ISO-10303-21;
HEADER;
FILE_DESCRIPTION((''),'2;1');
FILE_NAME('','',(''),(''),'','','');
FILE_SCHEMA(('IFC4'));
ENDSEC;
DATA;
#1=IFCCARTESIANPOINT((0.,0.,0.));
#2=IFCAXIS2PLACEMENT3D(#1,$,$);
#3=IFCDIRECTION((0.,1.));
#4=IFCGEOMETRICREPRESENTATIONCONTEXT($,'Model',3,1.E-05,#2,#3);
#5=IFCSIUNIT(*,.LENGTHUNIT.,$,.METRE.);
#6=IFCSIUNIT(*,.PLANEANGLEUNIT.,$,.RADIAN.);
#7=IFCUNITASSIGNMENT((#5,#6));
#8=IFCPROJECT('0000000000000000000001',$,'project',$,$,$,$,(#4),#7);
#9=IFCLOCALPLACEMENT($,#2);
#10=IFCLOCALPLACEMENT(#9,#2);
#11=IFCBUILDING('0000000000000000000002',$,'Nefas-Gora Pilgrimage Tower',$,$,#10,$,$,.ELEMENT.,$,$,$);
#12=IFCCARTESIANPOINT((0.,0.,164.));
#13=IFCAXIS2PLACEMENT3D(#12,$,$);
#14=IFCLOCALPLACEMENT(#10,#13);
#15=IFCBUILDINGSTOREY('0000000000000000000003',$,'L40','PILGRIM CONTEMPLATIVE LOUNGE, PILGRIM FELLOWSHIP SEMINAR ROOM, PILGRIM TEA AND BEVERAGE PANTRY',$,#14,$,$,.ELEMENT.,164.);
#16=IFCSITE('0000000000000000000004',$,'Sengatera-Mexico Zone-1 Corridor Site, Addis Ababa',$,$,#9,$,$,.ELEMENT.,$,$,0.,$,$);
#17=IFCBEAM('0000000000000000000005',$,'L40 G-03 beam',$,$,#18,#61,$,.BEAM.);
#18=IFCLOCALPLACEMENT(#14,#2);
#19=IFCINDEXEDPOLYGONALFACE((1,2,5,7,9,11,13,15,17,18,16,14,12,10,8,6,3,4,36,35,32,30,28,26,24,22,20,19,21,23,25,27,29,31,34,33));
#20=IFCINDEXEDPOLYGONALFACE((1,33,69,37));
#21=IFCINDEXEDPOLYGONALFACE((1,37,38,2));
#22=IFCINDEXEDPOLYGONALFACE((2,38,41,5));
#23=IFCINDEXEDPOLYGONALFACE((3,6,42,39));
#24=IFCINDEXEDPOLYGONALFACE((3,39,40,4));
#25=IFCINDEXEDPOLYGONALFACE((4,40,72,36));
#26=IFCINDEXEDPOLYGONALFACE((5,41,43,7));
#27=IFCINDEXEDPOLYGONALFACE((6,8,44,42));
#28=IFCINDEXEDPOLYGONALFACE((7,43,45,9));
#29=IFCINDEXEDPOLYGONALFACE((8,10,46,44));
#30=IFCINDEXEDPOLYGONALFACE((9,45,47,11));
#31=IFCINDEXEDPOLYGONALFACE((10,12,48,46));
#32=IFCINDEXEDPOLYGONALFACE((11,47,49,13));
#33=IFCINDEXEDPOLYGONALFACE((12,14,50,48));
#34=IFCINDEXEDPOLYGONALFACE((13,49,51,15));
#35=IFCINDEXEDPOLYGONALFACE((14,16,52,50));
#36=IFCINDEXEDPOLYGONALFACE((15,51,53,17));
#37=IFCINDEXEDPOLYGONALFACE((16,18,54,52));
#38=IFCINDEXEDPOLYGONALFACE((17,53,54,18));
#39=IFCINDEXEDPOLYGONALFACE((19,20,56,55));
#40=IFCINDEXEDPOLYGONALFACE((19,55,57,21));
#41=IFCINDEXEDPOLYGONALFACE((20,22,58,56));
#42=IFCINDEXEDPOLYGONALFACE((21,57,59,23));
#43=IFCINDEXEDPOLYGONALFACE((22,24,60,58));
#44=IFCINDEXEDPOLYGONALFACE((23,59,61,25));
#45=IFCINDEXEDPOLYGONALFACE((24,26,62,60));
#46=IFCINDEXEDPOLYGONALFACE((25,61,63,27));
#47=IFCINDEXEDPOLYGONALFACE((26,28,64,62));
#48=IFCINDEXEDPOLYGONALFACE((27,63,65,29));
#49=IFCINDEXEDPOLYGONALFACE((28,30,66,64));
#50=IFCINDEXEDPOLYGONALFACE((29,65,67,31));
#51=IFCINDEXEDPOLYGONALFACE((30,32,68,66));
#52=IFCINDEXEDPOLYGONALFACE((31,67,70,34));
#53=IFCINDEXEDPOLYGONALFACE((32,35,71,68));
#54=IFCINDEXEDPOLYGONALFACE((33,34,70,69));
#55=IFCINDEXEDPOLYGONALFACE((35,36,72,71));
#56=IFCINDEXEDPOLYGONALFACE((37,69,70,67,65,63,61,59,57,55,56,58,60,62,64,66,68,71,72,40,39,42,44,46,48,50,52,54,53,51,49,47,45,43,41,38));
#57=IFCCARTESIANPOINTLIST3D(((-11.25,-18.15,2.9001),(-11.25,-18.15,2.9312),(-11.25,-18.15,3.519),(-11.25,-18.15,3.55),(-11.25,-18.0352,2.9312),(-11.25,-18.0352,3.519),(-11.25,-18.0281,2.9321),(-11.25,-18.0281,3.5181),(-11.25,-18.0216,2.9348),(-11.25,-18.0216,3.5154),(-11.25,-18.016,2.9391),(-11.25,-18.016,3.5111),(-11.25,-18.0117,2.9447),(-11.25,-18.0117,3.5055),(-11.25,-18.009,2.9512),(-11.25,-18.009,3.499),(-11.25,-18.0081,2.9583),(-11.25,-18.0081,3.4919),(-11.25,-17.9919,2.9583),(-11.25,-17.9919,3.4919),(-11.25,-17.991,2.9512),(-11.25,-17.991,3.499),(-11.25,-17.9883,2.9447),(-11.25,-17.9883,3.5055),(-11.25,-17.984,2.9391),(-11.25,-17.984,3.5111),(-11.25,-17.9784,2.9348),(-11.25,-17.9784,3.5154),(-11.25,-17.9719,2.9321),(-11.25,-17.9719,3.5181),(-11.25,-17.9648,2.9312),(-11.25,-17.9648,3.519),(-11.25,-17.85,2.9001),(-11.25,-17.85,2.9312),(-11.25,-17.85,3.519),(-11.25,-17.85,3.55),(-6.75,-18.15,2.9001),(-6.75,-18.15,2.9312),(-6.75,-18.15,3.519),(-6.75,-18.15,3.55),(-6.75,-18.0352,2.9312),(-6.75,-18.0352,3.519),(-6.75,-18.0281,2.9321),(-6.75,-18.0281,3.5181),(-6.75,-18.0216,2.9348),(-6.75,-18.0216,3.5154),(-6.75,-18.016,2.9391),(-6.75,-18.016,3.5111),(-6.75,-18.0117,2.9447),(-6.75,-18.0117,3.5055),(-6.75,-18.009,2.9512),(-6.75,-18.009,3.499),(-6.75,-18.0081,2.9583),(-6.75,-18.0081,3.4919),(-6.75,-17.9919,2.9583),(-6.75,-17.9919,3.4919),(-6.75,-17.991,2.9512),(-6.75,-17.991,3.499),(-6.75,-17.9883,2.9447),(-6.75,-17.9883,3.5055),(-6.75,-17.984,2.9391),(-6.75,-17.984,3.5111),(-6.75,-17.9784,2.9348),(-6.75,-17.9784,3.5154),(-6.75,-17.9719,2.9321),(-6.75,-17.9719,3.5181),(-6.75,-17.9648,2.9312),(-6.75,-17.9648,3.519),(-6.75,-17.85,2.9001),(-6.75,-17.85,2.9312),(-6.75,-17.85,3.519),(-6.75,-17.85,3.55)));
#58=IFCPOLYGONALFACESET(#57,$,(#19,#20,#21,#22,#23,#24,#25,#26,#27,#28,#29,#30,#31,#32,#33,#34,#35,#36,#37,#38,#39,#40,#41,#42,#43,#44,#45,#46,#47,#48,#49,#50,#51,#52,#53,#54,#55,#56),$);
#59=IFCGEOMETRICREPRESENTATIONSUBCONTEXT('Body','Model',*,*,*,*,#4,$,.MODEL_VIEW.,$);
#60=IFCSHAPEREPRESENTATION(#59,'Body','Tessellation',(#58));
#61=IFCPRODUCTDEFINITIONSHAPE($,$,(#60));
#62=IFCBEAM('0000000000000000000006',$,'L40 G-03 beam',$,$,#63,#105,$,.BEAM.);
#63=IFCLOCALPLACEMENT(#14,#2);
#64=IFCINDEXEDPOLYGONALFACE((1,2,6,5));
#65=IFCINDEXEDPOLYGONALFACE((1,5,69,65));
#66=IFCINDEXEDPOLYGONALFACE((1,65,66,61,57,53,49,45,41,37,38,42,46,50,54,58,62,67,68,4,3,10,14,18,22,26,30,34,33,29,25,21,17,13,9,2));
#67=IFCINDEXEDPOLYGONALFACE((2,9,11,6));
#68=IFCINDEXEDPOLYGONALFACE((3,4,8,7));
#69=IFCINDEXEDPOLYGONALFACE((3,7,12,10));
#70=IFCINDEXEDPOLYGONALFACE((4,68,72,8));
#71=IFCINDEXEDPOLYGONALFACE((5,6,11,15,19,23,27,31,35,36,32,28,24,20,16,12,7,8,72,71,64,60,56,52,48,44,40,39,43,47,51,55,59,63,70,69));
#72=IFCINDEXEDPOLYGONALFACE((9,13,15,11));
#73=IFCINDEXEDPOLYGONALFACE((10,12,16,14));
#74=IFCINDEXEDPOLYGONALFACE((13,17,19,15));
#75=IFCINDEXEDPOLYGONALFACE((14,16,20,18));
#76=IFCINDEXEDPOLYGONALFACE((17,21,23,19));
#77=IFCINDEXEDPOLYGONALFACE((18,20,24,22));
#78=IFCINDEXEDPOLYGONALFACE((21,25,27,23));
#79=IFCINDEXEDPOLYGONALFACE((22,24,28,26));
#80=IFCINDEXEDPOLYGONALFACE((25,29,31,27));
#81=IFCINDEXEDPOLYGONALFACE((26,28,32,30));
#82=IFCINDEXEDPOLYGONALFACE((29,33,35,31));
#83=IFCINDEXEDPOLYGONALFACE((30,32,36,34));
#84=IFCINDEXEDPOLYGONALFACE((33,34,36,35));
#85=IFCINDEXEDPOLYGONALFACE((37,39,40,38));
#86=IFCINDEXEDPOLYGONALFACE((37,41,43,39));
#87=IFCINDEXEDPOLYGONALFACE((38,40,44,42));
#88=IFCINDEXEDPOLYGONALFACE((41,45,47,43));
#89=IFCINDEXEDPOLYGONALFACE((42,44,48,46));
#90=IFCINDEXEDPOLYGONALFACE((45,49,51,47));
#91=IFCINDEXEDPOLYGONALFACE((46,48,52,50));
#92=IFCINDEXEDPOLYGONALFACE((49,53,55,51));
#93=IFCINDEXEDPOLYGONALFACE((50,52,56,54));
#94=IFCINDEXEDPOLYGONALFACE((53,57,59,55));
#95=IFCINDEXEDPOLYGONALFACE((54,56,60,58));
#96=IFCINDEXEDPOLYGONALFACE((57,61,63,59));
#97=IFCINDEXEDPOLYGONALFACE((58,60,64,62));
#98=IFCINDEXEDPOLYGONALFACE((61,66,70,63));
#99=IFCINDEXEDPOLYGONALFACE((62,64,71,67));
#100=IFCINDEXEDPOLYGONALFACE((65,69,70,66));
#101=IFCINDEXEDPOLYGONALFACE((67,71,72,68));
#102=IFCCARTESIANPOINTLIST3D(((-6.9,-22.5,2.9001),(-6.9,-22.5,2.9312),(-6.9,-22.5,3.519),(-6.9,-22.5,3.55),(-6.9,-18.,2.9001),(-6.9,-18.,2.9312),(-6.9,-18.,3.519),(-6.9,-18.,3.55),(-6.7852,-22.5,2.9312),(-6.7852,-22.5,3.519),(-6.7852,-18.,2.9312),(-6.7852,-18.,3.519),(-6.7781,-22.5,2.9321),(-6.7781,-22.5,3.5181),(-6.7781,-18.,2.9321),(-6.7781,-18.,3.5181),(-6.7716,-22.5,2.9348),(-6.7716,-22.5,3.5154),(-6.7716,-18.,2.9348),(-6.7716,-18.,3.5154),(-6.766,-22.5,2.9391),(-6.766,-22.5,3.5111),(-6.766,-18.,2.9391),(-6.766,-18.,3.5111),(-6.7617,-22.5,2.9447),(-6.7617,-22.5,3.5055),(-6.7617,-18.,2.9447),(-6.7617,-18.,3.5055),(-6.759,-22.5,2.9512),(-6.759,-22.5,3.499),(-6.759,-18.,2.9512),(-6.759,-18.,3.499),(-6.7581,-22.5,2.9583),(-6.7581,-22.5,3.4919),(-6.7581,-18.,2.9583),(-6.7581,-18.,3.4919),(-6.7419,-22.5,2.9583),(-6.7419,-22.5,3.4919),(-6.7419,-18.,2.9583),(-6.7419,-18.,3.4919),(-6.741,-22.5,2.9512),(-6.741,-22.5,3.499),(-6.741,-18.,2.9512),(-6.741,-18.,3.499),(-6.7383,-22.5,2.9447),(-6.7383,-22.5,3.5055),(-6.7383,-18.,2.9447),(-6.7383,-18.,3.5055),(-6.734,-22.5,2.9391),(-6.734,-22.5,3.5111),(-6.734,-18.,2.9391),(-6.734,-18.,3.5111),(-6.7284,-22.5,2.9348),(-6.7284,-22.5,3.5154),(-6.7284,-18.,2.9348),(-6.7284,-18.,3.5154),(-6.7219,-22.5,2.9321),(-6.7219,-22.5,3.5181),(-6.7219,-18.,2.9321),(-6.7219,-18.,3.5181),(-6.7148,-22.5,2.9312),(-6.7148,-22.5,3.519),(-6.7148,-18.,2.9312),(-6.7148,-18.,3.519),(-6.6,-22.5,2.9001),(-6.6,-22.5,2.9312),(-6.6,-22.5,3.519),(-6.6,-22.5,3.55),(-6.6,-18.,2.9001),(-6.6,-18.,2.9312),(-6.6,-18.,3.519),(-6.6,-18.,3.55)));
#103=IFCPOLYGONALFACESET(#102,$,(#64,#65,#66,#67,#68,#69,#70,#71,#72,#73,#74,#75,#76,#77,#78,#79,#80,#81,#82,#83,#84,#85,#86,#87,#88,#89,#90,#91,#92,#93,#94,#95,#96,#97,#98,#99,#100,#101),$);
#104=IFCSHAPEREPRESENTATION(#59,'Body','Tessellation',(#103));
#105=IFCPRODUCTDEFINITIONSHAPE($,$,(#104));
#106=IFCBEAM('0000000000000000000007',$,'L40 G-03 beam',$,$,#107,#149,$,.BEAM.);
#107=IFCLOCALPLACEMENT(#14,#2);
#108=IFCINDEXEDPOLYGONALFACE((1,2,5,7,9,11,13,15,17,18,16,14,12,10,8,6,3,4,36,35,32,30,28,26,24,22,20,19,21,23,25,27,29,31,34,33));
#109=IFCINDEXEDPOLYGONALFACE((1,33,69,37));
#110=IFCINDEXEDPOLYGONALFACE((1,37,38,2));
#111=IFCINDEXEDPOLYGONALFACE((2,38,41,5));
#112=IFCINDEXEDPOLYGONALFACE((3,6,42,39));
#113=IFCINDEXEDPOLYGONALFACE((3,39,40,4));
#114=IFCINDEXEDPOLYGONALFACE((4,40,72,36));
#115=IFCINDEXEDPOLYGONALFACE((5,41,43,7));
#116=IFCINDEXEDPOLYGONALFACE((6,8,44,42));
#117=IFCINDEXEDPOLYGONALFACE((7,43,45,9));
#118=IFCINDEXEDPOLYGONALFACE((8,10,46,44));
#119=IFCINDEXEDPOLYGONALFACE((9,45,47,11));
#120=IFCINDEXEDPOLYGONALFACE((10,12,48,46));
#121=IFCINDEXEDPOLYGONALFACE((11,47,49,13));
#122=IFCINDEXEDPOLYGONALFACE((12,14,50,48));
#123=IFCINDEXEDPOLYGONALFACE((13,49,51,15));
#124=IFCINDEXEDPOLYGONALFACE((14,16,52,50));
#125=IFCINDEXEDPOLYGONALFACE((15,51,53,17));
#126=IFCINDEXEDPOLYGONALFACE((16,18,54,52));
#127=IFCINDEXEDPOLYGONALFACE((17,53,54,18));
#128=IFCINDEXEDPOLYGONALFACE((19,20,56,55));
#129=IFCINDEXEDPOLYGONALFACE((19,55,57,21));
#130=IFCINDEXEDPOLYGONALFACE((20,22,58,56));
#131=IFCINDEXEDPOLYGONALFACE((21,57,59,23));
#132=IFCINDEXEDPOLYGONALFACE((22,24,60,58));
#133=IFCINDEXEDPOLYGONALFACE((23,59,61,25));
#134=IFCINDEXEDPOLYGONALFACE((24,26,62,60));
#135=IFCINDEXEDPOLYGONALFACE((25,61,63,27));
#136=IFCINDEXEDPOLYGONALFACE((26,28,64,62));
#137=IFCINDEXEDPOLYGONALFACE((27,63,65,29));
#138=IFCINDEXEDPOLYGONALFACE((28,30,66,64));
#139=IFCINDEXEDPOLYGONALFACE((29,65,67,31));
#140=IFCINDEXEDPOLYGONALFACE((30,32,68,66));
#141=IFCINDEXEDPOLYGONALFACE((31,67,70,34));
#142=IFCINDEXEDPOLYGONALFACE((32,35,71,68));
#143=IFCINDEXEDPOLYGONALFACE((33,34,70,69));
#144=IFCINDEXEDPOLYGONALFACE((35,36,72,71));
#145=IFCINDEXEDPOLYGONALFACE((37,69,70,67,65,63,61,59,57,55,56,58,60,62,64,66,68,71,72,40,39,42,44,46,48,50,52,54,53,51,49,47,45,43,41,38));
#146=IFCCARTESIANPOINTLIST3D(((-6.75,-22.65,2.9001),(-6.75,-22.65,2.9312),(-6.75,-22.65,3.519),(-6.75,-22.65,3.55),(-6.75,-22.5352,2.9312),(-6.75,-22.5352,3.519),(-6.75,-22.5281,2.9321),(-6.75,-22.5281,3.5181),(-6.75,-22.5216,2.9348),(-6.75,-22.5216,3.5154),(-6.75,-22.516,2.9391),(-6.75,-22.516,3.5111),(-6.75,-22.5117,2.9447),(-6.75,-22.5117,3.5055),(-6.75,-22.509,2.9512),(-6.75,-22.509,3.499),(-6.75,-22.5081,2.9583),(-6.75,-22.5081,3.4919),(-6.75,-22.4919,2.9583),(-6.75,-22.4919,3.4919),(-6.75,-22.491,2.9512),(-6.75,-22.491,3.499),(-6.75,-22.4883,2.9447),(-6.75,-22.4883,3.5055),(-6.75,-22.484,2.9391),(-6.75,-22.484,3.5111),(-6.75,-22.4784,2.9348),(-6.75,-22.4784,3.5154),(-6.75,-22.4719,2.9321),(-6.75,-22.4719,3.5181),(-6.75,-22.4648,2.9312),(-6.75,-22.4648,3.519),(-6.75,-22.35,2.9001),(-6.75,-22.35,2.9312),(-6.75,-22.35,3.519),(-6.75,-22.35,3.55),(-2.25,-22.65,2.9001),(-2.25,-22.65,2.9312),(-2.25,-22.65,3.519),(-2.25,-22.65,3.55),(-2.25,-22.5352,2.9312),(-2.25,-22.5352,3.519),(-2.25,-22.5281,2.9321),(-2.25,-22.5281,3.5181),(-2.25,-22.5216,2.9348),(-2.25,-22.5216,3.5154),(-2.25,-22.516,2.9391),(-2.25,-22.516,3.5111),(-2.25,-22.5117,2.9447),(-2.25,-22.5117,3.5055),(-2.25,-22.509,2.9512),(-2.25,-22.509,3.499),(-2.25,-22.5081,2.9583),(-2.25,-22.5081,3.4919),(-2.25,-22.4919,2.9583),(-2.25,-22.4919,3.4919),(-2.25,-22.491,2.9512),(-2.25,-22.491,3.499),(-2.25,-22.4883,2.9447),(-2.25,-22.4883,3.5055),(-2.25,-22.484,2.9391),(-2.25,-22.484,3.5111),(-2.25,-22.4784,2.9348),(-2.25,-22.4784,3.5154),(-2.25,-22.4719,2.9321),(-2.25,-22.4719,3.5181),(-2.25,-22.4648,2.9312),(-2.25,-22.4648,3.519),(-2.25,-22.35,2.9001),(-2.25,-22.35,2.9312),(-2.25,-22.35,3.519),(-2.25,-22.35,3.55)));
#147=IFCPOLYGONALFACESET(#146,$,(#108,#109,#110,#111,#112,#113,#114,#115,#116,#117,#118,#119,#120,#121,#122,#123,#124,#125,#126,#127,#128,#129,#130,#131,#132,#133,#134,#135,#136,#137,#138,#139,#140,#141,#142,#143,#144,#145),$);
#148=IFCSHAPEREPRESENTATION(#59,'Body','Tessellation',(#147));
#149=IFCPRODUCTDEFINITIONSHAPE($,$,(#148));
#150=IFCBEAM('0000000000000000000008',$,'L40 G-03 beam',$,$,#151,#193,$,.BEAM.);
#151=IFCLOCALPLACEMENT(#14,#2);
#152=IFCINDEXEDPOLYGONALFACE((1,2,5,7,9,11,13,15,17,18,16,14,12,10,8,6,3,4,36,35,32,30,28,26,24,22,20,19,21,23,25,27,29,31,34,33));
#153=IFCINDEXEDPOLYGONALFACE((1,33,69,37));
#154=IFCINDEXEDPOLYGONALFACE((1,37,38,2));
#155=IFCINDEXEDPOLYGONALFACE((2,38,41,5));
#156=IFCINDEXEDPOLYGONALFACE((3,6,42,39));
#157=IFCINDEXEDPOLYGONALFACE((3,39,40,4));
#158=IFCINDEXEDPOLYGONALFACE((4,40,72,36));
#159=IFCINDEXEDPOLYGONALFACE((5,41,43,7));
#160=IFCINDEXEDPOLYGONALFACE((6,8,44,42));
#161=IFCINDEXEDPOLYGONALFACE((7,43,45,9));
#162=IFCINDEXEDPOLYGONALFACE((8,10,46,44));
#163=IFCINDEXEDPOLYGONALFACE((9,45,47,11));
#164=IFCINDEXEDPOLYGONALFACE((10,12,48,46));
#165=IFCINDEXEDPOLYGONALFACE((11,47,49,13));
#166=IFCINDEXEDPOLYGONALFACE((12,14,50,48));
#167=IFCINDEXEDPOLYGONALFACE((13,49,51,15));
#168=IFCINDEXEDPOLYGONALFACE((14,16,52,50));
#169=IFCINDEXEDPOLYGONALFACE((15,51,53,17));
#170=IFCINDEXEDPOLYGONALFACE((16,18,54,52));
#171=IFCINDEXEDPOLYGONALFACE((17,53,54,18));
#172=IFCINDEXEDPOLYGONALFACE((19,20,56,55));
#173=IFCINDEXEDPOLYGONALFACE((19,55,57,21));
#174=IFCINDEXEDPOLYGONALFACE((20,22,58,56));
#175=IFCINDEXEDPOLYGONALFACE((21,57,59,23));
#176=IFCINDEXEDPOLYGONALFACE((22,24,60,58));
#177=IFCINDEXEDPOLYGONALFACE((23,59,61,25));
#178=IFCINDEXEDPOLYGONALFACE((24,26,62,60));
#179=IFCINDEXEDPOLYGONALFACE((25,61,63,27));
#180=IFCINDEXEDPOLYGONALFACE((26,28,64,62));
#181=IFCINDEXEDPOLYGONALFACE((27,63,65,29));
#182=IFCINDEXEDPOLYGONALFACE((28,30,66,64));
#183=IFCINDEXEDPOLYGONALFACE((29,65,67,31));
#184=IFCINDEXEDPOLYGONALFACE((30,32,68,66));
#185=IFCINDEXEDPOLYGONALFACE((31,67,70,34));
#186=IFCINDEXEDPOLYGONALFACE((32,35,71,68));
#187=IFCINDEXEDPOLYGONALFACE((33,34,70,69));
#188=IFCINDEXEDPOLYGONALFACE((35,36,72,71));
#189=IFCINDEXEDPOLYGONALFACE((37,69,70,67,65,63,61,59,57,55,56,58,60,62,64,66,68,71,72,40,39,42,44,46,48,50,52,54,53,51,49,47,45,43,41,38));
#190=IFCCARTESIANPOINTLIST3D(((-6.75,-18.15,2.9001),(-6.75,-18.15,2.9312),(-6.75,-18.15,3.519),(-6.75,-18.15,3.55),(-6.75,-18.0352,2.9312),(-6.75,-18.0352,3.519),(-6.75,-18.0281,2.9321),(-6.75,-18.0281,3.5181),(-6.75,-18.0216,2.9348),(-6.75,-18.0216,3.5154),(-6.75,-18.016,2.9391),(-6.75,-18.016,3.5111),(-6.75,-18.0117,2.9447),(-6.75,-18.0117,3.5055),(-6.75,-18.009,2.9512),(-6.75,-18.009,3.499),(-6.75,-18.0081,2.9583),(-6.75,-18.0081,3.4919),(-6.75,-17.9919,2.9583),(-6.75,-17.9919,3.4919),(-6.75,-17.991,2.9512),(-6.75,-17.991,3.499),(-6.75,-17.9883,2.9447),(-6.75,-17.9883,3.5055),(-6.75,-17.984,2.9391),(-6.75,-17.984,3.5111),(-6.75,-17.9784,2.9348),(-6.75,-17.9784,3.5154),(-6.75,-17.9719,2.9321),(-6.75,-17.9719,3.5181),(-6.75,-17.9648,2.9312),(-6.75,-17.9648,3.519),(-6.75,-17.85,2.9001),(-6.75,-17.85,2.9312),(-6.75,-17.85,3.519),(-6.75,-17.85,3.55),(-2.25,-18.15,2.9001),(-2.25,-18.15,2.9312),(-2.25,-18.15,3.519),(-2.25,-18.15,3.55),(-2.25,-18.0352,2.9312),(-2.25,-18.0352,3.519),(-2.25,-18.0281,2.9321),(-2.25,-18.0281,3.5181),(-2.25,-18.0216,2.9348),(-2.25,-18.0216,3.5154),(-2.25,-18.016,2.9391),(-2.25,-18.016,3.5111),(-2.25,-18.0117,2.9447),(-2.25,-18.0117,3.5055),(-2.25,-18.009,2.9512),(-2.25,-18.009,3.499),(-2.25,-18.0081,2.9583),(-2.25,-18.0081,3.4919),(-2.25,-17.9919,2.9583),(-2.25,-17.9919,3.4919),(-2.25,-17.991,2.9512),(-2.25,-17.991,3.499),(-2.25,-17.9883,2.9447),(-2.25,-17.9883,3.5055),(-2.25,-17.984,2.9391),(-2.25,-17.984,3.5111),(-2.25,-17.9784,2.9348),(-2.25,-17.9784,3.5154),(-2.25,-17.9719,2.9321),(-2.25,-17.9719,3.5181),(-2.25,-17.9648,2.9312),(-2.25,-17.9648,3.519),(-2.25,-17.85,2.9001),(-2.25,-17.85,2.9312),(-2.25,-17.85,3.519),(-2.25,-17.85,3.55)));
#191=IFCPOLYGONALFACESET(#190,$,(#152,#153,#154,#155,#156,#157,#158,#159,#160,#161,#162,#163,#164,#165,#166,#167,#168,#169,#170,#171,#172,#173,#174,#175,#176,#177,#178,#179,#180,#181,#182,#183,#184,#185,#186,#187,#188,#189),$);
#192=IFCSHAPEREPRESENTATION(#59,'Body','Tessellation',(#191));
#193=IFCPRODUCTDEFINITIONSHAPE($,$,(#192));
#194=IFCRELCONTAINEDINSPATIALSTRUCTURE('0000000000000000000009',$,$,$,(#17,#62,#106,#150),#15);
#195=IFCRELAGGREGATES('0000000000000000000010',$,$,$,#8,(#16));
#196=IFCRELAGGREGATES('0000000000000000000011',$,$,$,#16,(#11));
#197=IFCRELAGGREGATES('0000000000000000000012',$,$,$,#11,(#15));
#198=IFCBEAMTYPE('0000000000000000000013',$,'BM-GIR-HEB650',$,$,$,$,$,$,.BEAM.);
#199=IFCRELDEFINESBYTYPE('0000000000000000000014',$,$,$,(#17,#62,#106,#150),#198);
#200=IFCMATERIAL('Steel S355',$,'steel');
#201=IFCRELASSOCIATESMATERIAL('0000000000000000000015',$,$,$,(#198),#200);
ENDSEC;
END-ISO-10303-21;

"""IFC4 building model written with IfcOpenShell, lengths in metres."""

from ifc_helpers import new_model, si_unit, direction, frame, origin, origin_2d, place, context, subcontext, project, spatial, i_section, extrude, source, transform, mapped, material, material_profile, profile_set, type_object, element, save


model = new_model("IFC4")

# Units and contexts
model_context = context("Model", 3, precision=1e-05, world=origin(), true_north=direction((0.0, 1.0)))
body_context = subcontext(model_context, "Body", "Model", "MODEL_VIEW")
ifc_project = project(units=[si_unit("LENGTHUNIT", "METRE"), si_unit("PLANEANGLEUNIT", "RADIAN")], contexts=[model_context])

# Site, building, storey
site_placement = place(None, origin())
site = spatial("IfcSite", under=ifc_project, at=site_placement, Name="Sengatera-Mexico Zone-1 Corridor Site, Addis Ababa", CompositionType="ELEMENT", RefElevation=0.0)
building_placement = place(site_placement, origin())
building = spatial("IfcBuilding", under=site, at=building_placement, Name="Nefas-Gora Pilgrimage Tower", CompositionType="ELEMENT")
storey_placement = place(building_placement, frame((0.0, 0.0, 164.0)))
storey = spatial("IfcBuildingStorey", under=building, at=storey_placement, Name="L40", Description="PILGRIM CONTEMPLATIVE LOUNGE, PILGRIM FELLOWSHIP SEMINAR ROOM, PILGRIM TEA AND BEVERAGE PANTRY", CompositionType="ELEMENT", Elevation=164.0)

# Beams
ifc_material_1 = material(Name="Steel S355", Category="steel")
ifc_material_profile_1 = material_profile(ifc_material_1, i_section(OverallWidth=0.3, OverallDepth=0.6499, WebThickness=0.0161, FlangeThickness=0.031, FilletRadius=0.0271, at=origin_2d()), Name="HEB 650")
ifc_profile_set_1 = profile_set([ifc_material_profile_1], Name="Steel S355")
beam_type = type_object("IfcBeamType", Name="BM-GIR-HEB650", PredefinedType="BEAM", material=ifc_profile_set_1)
shared_shape_1 = source(origin(), body_context, "Body", "SweptSolid", [
    extrude(i_section(OverallWidth=0.3, OverallDepth=0.6499, WebThickness=0.0161, FlangeThickness=0.031, FilletRadius=0.0271, at=origin_2d()), origin(), (0.0, 0.0, 1.0), 4.5),
])
for number, where, z_axis, x_axis, name in (
    (1, (-11.25, -18.0, 3.2251), (1.0, 0.0, 0.0), (0.0, 1.0, 0.0), "L40 G-03 beam"),
    (2, (-6.75, -22.5, 3.2251), (0.0, 1.0, 0.0), (-1.0, 0.0, 0.0), "L40 G-03 beam"),
    (3, (-6.75, -22.5, 3.2251), (1.0, 0.0, 0.0), (0.0, 1.0, 0.0), "L40 G-03 beam"),
    (4, (-6.75, -18.0, 3.2251), (1.0, 0.0, 0.0), (0.0, 1.0, 0.0), "L40 G-03 beam"),
):
    element("IfcBeam", number, at=place(storey_placement, frame(where, z_axis=z_axis, x_axis=x_axis)), inside=storey, type_object=beam_type, Name=name, PredefinedType="BEAM", context=body_context, shape_type="MappedRepresentation", body=[
        mapped(shared_shape_1, transform((0.0, 0.0, 0.0), x_axis=(1.0, 0.0, 0.0), y_axis=(0.0, 1.0, 0.0), z_axis=(0.0, 0.0, 1.0), scale=1.0)),
    ])

save(model, "model.ifc")
